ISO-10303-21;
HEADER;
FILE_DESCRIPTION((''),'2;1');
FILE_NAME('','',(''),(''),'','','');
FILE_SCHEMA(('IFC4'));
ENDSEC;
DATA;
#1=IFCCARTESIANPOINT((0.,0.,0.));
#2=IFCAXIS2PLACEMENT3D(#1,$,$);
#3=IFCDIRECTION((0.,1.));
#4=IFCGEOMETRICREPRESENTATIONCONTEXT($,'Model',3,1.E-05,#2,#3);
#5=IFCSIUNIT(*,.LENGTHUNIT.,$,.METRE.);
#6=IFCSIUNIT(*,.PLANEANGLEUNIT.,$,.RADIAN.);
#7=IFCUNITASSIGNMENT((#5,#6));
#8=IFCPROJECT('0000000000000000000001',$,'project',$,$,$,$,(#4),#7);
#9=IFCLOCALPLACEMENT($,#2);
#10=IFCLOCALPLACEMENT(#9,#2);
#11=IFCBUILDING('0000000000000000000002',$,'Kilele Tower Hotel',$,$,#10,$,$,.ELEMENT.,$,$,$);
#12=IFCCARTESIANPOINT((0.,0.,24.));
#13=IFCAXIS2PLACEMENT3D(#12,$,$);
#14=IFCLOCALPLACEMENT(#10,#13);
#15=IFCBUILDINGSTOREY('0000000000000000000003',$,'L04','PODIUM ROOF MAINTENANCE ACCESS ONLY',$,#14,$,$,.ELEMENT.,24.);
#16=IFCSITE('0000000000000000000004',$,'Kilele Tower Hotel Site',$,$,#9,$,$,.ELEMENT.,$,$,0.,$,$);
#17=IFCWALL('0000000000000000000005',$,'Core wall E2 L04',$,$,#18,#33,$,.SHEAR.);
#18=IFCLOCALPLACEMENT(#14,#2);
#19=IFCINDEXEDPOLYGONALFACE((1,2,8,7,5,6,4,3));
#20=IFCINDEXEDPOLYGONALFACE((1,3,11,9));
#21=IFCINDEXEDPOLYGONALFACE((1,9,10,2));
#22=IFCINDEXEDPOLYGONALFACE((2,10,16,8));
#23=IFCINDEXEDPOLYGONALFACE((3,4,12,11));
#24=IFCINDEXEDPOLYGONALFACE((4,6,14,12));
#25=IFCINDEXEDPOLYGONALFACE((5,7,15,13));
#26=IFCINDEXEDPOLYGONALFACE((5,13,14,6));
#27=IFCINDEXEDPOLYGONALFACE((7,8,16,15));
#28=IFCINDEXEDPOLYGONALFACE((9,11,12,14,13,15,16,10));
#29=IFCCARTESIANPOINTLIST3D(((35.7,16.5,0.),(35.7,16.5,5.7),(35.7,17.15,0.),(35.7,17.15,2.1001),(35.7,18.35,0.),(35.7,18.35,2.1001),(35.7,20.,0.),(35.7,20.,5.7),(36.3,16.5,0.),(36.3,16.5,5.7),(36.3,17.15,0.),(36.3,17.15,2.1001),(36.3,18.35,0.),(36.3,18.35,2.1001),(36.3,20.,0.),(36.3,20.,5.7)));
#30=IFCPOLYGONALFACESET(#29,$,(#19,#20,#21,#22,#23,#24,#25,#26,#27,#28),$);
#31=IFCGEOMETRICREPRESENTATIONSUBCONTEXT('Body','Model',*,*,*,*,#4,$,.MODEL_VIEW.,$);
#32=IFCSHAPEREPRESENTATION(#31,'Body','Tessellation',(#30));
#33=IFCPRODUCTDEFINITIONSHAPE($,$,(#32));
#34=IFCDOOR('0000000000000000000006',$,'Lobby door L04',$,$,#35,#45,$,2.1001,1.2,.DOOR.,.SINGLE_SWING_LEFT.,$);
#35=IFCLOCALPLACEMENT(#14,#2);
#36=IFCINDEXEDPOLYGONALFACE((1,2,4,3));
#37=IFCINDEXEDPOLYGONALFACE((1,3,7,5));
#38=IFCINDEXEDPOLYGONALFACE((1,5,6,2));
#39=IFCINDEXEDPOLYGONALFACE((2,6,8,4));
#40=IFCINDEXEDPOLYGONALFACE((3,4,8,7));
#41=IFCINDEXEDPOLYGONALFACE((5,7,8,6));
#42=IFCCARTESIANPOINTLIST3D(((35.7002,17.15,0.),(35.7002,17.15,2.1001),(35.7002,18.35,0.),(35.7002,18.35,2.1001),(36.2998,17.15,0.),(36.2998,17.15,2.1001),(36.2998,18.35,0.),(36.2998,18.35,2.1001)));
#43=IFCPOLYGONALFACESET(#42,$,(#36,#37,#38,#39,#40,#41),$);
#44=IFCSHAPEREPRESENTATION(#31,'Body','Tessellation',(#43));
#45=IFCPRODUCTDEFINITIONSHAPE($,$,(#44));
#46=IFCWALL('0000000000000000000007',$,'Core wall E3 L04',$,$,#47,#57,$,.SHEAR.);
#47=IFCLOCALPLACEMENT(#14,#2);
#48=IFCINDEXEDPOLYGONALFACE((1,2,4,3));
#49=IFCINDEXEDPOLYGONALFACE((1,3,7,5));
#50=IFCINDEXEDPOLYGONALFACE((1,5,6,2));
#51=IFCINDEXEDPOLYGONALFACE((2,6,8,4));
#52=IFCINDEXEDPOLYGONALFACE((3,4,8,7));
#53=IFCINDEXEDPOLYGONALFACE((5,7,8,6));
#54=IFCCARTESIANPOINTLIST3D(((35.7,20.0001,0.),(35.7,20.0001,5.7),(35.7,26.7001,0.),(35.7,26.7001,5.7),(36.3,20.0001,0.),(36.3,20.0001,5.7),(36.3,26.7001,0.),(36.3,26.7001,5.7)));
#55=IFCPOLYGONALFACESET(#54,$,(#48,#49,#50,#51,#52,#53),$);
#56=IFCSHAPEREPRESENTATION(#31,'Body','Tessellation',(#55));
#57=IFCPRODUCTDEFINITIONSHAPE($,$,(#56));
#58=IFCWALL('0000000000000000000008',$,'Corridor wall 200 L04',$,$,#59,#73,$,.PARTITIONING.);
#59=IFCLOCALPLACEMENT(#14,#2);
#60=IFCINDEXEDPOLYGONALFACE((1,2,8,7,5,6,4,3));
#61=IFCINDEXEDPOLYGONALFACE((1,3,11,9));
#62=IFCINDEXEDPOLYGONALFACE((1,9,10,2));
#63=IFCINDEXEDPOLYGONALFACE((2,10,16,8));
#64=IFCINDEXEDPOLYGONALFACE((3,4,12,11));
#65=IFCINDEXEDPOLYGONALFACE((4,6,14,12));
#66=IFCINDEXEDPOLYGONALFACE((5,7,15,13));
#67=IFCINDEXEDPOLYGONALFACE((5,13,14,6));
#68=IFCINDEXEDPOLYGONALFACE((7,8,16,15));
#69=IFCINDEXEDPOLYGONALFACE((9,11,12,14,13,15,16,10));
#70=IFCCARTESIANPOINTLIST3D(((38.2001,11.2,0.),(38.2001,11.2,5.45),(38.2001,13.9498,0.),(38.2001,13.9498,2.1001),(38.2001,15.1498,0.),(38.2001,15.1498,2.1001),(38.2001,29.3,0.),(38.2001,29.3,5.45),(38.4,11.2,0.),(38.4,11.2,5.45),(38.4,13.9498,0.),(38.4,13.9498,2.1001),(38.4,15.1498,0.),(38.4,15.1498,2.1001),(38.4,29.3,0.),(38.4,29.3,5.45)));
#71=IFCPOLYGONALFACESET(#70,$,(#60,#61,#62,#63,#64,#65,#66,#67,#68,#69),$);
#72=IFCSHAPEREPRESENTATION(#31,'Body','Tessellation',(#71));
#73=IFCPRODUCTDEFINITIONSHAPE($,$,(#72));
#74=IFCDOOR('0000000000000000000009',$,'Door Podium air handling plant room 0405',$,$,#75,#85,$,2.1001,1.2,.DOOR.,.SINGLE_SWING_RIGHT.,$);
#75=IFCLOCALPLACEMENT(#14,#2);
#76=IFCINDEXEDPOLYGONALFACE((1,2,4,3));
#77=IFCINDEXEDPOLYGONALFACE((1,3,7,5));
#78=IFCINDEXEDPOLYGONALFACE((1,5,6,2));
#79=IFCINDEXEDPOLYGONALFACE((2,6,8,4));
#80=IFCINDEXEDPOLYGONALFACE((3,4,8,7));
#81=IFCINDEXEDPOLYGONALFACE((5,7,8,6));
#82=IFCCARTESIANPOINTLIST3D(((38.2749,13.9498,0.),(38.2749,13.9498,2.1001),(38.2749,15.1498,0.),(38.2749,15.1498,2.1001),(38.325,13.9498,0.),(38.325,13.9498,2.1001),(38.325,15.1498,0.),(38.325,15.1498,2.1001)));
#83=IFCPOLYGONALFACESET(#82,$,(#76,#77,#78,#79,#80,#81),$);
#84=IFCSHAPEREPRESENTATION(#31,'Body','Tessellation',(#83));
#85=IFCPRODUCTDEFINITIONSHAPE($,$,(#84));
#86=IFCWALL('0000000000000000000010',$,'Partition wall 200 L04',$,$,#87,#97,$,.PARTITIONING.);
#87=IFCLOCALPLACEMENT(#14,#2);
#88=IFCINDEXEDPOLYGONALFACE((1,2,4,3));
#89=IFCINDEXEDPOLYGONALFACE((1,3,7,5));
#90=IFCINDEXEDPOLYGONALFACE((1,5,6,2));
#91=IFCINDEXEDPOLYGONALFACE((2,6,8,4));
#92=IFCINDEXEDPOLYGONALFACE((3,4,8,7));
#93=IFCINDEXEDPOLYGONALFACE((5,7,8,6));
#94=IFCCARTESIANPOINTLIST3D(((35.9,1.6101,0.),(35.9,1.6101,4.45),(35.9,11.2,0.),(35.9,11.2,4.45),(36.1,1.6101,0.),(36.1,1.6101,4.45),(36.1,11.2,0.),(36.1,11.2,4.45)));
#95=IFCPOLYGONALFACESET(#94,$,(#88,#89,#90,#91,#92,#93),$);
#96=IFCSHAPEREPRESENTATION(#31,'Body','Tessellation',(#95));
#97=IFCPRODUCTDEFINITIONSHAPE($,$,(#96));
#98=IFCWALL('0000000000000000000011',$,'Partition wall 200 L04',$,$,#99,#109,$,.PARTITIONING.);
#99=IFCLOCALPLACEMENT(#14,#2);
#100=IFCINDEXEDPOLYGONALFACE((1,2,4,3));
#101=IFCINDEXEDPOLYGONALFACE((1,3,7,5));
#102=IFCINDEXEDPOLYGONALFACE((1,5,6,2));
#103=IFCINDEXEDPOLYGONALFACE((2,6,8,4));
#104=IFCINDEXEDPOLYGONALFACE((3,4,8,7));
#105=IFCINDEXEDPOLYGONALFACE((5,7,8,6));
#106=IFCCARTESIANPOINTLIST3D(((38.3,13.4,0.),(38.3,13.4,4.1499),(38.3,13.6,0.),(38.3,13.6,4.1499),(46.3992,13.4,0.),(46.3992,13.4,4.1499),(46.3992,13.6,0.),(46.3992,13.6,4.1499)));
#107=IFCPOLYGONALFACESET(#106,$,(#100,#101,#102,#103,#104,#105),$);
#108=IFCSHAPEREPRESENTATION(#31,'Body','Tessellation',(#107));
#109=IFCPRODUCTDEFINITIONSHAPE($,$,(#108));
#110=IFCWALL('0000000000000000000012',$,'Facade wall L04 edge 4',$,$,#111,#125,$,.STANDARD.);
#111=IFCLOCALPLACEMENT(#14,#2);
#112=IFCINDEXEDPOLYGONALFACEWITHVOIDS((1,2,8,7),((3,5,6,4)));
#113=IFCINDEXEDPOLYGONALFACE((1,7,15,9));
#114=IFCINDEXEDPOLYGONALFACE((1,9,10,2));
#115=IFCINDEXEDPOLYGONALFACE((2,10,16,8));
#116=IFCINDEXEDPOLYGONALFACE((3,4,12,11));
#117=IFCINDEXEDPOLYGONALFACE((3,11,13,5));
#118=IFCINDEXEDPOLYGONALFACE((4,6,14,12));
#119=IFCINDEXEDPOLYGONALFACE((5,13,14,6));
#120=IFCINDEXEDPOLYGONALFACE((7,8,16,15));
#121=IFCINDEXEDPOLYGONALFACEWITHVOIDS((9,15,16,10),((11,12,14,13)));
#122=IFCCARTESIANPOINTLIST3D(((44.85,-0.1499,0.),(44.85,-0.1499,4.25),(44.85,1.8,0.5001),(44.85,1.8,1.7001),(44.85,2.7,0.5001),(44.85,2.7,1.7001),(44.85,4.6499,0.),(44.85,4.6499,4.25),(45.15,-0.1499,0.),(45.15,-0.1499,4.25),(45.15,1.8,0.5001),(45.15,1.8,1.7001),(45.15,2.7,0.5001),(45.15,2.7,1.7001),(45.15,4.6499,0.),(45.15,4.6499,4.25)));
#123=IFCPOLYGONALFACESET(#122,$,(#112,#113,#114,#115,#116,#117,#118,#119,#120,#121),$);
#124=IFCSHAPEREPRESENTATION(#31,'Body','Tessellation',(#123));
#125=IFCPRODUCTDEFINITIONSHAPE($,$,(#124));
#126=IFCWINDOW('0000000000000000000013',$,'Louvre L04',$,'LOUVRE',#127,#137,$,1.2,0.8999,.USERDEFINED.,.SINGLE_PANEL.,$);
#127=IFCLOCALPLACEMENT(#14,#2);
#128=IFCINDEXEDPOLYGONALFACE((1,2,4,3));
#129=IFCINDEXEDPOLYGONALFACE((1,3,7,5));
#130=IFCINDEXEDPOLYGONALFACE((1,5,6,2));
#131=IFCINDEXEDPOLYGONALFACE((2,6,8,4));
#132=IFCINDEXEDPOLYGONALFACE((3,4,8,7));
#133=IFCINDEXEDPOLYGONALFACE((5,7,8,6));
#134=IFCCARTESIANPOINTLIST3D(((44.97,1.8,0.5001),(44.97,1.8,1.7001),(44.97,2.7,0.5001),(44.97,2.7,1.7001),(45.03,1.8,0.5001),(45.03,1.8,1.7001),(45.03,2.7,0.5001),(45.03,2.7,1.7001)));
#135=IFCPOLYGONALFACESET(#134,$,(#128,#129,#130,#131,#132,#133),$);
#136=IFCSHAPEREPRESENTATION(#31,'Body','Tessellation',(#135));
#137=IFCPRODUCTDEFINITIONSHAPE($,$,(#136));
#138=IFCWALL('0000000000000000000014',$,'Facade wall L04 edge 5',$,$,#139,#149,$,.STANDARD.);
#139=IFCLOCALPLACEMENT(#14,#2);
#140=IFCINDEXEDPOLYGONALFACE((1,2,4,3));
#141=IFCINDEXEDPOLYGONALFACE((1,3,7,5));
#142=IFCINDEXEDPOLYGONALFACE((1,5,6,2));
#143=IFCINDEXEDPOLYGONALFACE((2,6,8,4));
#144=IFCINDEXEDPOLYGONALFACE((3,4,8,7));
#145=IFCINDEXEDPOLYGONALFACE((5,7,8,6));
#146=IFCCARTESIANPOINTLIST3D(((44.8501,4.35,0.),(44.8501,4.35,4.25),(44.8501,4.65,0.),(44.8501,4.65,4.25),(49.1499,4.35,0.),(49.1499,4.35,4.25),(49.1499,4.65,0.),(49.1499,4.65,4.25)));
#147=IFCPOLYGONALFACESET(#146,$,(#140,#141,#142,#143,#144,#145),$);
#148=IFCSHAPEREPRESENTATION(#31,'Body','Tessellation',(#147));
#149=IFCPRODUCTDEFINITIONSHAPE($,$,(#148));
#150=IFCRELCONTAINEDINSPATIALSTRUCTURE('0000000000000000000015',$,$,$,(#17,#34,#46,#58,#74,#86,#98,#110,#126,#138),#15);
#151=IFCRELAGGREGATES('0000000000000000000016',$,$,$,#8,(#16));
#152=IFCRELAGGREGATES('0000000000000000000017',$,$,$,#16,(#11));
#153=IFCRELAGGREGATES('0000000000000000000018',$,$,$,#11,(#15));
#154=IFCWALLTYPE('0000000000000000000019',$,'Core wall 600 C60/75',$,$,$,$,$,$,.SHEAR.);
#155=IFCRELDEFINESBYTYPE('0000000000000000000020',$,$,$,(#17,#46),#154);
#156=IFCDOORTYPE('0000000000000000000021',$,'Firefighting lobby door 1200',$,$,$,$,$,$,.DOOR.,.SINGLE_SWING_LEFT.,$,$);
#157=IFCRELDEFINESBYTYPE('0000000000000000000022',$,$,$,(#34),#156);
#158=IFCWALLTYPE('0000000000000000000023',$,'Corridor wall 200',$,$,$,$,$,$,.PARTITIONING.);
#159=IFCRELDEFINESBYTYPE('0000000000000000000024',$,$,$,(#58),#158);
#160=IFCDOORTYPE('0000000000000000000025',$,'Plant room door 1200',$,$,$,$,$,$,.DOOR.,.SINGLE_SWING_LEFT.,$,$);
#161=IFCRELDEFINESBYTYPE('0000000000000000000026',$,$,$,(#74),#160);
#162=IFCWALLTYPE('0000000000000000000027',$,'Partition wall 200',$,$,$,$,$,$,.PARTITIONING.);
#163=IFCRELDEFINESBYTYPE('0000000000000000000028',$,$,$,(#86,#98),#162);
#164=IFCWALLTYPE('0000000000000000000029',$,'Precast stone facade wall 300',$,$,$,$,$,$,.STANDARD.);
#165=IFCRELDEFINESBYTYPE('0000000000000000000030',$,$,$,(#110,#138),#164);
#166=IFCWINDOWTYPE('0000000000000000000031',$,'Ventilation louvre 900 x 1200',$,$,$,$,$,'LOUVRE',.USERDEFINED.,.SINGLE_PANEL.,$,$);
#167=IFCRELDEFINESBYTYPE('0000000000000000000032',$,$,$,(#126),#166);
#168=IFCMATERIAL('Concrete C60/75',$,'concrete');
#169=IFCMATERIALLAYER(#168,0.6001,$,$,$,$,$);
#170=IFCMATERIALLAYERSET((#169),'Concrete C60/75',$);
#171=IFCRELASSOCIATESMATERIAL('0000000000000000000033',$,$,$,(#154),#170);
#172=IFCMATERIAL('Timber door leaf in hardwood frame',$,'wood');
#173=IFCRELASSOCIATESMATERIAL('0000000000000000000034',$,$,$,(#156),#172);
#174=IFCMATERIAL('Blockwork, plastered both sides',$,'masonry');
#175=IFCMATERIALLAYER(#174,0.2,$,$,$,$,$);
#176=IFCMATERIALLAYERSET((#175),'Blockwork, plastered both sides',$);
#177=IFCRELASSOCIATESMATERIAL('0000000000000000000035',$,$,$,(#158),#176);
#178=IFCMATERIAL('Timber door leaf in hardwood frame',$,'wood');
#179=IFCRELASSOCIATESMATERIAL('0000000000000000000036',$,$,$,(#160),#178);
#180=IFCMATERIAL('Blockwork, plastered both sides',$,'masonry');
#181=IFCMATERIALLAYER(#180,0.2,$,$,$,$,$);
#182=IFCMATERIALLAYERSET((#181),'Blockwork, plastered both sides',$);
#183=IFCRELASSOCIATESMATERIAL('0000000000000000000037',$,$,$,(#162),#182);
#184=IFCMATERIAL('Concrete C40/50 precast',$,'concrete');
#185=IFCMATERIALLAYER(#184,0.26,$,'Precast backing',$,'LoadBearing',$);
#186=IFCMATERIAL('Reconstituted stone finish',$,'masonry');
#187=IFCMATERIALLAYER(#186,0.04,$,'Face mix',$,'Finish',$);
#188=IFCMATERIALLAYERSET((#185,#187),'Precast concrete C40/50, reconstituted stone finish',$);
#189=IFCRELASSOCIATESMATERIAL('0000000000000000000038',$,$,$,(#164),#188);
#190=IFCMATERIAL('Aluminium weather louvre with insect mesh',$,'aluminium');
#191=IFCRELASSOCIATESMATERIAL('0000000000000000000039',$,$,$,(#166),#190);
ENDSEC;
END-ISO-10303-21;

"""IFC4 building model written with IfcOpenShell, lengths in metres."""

from ifc_helpers import new_model, si_unit, direction, frame, frame_2d, origin, place, context, subcontext, project, spatial, rectangle, extrude, material, layer, layer_set, type_object, element, fill, save


model = new_model("IFC4")

# Units and contexts
model_context = context("Model", 3, precision=1e-05, world=origin(), true_north=direction((0.0, 1.0)))
body_context = subcontext(model_context, "Body", "Model", "MODEL_VIEW")
ifc_project = project(units=[si_unit("LENGTHUNIT", "METRE"), si_unit("PLANEANGLEUNIT", "RADIAN")], contexts=[model_context])

# Site, building, storey
site_placement = place(None, origin())
site = spatial("IfcSite", under=ifc_project, at=site_placement, Name="Kilele Tower Hotel Site", CompositionType="ELEMENT", RefElevation=0.0)
building_placement = place(site_placement, origin())
building = spatial("IfcBuilding", under=site, at=building_placement, Name="Kilele Tower Hotel", CompositionType="ELEMENT")
storey_placement = place(building_placement, frame((0.0, 0.0, 24.0)))
storey = spatial("IfcBuildingStorey", under=building, at=storey_placement, Name="L04", Description="PODIUM ROOF MAINTENANCE ACCESS ONLY", CompositionType="ELEMENT", Elevation=24.0)

# Shared definitions
ifc_material_1 = material(Name="Concrete C60/75", Category="concrete")
ifc_layer_1 = layer(ifc_material_1, 0.6001)
ifc_layer_set_1 = layer_set([ifc_layer_1], Name="Concrete C60/75")
wall_type_1 = type_object("IfcWallType", Name="Core wall 600 C60/75", PredefinedType="SHEAR", material=ifc_layer_set_1)

# Wall, opening, door
wall_1_placement = place(storey_placement, frame((36.0, 16.5, 0.0), z_axis=(0.0, 0.0, 1.0), x_axis=(0.0, 1.0, 0.0)))
wall_1 = element("IfcWall", 1, at=wall_1_placement, inside=storey, type_object=wall_type_1, Name="Core wall E2 L04", PredefinedType="SHEAR", context=body_context, shape_type="SweptSolid", body=[
    extrude(rectangle(XDim=3.5, YDim=0.6001, at=frame_2d((1.75, 0.0))), origin(), (0.0, 0.0, 1.0), 5.7),
])
opening_1_placement = place(wall_1_placement, frame((0.6499, 0.0, 0.0)))
opening_1 = element("IfcOpeningElement", 2, at=opening_1_placement, cuts=wall_1, PredefinedType="OPENING", context=body_context, shape_type="SweptSolid", body=[
    extrude(rectangle(XDim=1.2, YDim=2.1001, at=frame_2d((0.6001, 1.05))), frame((0.0, 0.3101, 0.0), z_axis=(0.0, -1.0, 0.0), x_axis=(1.0, 0.0, 0.0)), (0.0, 0.0, 1.0), 0.6201),
])
ifc_material_2 = material(Name="Timber door leaf in hardwood frame", Category="wood")
door_type_1 = type_object("IfcDoorType", Name="Firefighting lobby door 1200", OperationType="SINGLE_SWING_LEFT", PredefinedType="DOOR", material=ifc_material_2)
door_1_placement = place(opening_1_placement, origin())
door_1 = element("IfcDoor", 3, at=door_1_placement, inside=storey, type_object=door_type_1, Name="Lobby door L04", OperationType="SINGLE_SWING_LEFT", OverallHeight=2.1001, OverallWidth=1.2, PredefinedType="DOOR", context=body_context, shape_type="SweptSolid", body=[
    extrude(rectangle(XDim=1.2, YDim=2.1001, at=frame_2d((0.6001, 1.05))), frame((0.0, 0.2998, 0.0), z_axis=(0.0, -1.0, 0.0), x_axis=(1.0, 0.0, 0.0)), (0.0, 0.0, 1.0), 0.5996),
])
fill(opening_1, door_1)

# Wall
wall_2_placement = place(storey_placement, frame((36.0, 20.0, 0.0), z_axis=(0.0, 0.0, 1.0), x_axis=(0.0, 1.0, 0.0)))
element("IfcWall", 4, at=wall_2_placement, inside=storey, type_object=wall_type_1, Name="Core wall E3 L04", PredefinedType="SHEAR", context=body_context, shape_type="SweptSolid", body=[
    extrude(rectangle(XDim=6.7, YDim=0.6001, at=frame_2d((3.3501, 0.0))), origin(), (0.0, 0.0, 1.0), 5.7),
])

# Wall, opening, door
ifc_material_3 = material(Name="Blockwork, plastered both sides", Category="masonry")
ifc_layer_2 = layer(ifc_material_3, 0.2)
ifc_layer_set_2 = layer_set([ifc_layer_2], Name="Blockwork, plastered both sides")
wall_type_2 = type_object("IfcWallType", Name="Corridor wall 200", PredefinedType="PARTITIONING", material=ifc_layer_set_2)
wall_3_placement = place(storey_placement, frame((38.3, 11.2, 0.0), z_axis=(0.0, 0.0, 1.0), x_axis=(0.0, 1.0, 0.0)))
wall_3 = element("IfcWall", 5, at=wall_3_placement, inside=storey, type_object=wall_type_2, Name="Corridor wall 200 L04", PredefinedType="PARTITIONING", context=body_context, shape_type="SweptSolid", body=[
    extrude(rectangle(XDim=18.1001, YDim=0.2, at=frame_2d((9.05, 0.0))), origin(), (0.0, 0.0, 1.0), 5.45),
])
opening_2_placement = place(wall_3_placement, frame((3.95, 0.0, 0.0), z_axis=(0.0, 0.0, 1.0), x_axis=(-1.0, 0.0, 0.0)))
opening_2 = element("IfcOpeningElement", 6, at=opening_2_placement, cuts=wall_3, PredefinedType="OPENING", context=body_context, shape_type="SweptSolid", body=[
    extrude(rectangle(XDim=1.2, YDim=2.1001, at=frame_2d((0.6001, 1.05))), frame((0.0, 0.1099, 0.0), z_axis=(0.0, -1.0, 0.0), x_axis=(1.0, 0.0, 0.0)), (0.0, 0.0, 1.0), 0.22),
])
ifc_material_4 = material(Name="Timber door leaf in hardwood frame", Category="wood")
door_type_2 = type_object("IfcDoorType", Name="Plant room door 1200", OperationType="SINGLE_SWING_LEFT", PredefinedType="DOOR", material=ifc_material_4)
door_2_placement = place(opening_2_placement, origin())
door_2 = element("IfcDoor", 7, at=door_2_placement, inside=storey, type_object=door_type_2, Name="Door Podium air handling plant room 0405", OperationType="SINGLE_SWING_RIGHT", OverallHeight=2.1001, OverallWidth=1.2, PredefinedType="DOOR", context=body_context, shape_type="SweptSolid", body=[
    extrude(rectangle(XDim=1.2, YDim=2.1001, at=frame_2d((0.6001, 1.05))), frame((0.0, 0.0249, 0.0), z_axis=(0.0, -1.0, 0.0), x_axis=(1.0, 0.0, 0.0)), (0.0, 0.0, 1.0), 0.05),
])
fill(opening_2, door_2)

# Walls
ifc_material_5 = material(Name="Blockwork, plastered both sides", Category="masonry")
ifc_layer_3 = layer(ifc_material_5, 0.2)
ifc_layer_set_3 = layer_set([ifc_layer_3], Name="Blockwork, plastered both sides")
wall_type_3 = type_object("IfcWallType", Name="Partition wall 200", PredefinedType="PARTITIONING", material=ifc_layer_set_3)
wall_4_placement = place(storey_placement, frame((36.0, 11.2, 0.0), z_axis=(0.0, 0.0, 1.0), x_axis=(0.0, -1.0, 0.0)))
element("IfcWall", 8, at=wall_4_placement, inside=storey, type_object=wall_type_3, Name="Partition wall 200 L04", PredefinedType="PARTITIONING", context=body_context, shape_type="SweptSolid", body=[
    extrude(rectangle(XDim=9.5898, YDim=0.2, at=frame_2d((4.7949, 0.0))), origin(), (0.0, 0.0, 1.0), 4.45),
])
wall_5_placement = place(storey_placement, frame((38.3, 13.5, 0.0), z_axis=(0.0, 0.0, 1.0), x_axis=(1.0, 0.0, 0.0)))
element("IfcWall", 9, at=wall_5_placement, inside=storey, type_object=wall_type_3, Name="Partition wall 200 L04", PredefinedType="PARTITIONING", context=body_context, shape_type="SweptSolid", body=[
    extrude(rectangle(XDim=8.0991, YDim=0.2, at=frame_2d((4.0496, 0.0))), origin(), (0.0, 0.0, 1.0), 4.1499),
])

# Wall, opening, window
ifc_material_6 = material(Name="Concrete C40/50 precast", Category="concrete")
ifc_layer_4 = layer(ifc_material_6, 0.26, Name="Precast backing", Category="LoadBearing")
ifc_material_7 = material(Name="Reconstituted stone finish", Category="masonry")
ifc_layer_5 = layer(ifc_material_7, 0.04, Name="Face mix", Category="Finish")
ifc_layer_set_4 = layer_set([ifc_layer_4, ifc_layer_5], Name="Precast concrete C40/50, reconstituted stone finish")
wall_type_4 = type_object("IfcWallType", Name="Precast stone facade wall 300", PredefinedType="STANDARD", material=ifc_layer_set_4)
wall_6_placement = place(storey_placement, frame((45.0, -0.1499, 0.0), z_axis=(0.0, 0.0, 1.0), x_axis=(0.0, 1.0, 0.0)))
wall_6 = element("IfcWall", 10, at=wall_6_placement, inside=storey, type_object=wall_type_4, Name="Facade wall L04 edge 4", PredefinedType="STANDARD", context=body_context, shape_type="SweptSolid", body=[
    extrude(rectangle(XDim=4.7998, YDim=0.3, at=frame_2d((2.3999, 0.0))), origin(), (0.0, 0.0, 1.0), 4.25),
])
opening_3_placement = place(wall_6_placement, frame((1.95, 0.0, 0.5)))
opening_3 = element("IfcOpeningElement", 11, at=opening_3_placement, cuts=wall_6, PredefinedType="OPENING", context=body_context, shape_type="SweptSolid", body=[
    extrude(rectangle(XDim=0.8999, YDim=1.2, at=frame_2d((0.45, 0.6001))), frame((0.0, 0.1599, 0.0), z_axis=(0.0, -1.0, 0.0), x_axis=(1.0, 0.0, 0.0)), (0.0, 0.0, 1.0), 0.3201),
])
ifc_material_8 = material(Name="Aluminium weather louvre with insect mesh", Category="aluminium")
window_type_1 = type_object("IfcWindowType", Name="Ventilation louvre 900 x 1200", ElementType="LOUVRE", PartitioningType="SINGLE_PANEL", PredefinedType="USERDEFINED", material=ifc_material_8)
window_1_placement = place(opening_3_placement, origin())
window_1 = element("IfcWindow", 12, at=window_1_placement, inside=storey, type_object=window_type_1, Name="Louvre L04", ObjectType="LOUVRE", OverallHeight=1.2, OverallWidth=0.8999, PartitioningType="SINGLE_PANEL", PredefinedType="USERDEFINED", context=body_context, shape_type="SweptSolid", body=[
    extrude(rectangle(XDim=0.8999, YDim=1.2, at=frame_2d((0.45, 0.6001))), frame((0.0, 0.03, 0.0), z_axis=(0.0, -1.0, 0.0), x_axis=(1.0, 0.0, 0.0)), (0.0, 0.0, 1.0), 0.0601),
])
fill(opening_3, window_1)

# Wall
wall_7_placement = place(storey_placement, frame((44.8501, 4.5, 0.0), z_axis=(0.0, 0.0, 1.0), x_axis=(1.0, 0.0, 0.0)))
element("IfcWall", 13, at=wall_7_placement, inside=storey, type_object=wall_type_4, Name="Facade wall L04 edge 5", PredefinedType="STANDARD", context=body_context, shape_type="SweptSolid", body=[
    extrude(rectangle(XDim=4.2998, YDim=0.3, at=frame_2d((2.1499, 0.0))), origin(), (0.0, 0.0, 1.0), 4.25),
])

save(model, "model.ifc")
